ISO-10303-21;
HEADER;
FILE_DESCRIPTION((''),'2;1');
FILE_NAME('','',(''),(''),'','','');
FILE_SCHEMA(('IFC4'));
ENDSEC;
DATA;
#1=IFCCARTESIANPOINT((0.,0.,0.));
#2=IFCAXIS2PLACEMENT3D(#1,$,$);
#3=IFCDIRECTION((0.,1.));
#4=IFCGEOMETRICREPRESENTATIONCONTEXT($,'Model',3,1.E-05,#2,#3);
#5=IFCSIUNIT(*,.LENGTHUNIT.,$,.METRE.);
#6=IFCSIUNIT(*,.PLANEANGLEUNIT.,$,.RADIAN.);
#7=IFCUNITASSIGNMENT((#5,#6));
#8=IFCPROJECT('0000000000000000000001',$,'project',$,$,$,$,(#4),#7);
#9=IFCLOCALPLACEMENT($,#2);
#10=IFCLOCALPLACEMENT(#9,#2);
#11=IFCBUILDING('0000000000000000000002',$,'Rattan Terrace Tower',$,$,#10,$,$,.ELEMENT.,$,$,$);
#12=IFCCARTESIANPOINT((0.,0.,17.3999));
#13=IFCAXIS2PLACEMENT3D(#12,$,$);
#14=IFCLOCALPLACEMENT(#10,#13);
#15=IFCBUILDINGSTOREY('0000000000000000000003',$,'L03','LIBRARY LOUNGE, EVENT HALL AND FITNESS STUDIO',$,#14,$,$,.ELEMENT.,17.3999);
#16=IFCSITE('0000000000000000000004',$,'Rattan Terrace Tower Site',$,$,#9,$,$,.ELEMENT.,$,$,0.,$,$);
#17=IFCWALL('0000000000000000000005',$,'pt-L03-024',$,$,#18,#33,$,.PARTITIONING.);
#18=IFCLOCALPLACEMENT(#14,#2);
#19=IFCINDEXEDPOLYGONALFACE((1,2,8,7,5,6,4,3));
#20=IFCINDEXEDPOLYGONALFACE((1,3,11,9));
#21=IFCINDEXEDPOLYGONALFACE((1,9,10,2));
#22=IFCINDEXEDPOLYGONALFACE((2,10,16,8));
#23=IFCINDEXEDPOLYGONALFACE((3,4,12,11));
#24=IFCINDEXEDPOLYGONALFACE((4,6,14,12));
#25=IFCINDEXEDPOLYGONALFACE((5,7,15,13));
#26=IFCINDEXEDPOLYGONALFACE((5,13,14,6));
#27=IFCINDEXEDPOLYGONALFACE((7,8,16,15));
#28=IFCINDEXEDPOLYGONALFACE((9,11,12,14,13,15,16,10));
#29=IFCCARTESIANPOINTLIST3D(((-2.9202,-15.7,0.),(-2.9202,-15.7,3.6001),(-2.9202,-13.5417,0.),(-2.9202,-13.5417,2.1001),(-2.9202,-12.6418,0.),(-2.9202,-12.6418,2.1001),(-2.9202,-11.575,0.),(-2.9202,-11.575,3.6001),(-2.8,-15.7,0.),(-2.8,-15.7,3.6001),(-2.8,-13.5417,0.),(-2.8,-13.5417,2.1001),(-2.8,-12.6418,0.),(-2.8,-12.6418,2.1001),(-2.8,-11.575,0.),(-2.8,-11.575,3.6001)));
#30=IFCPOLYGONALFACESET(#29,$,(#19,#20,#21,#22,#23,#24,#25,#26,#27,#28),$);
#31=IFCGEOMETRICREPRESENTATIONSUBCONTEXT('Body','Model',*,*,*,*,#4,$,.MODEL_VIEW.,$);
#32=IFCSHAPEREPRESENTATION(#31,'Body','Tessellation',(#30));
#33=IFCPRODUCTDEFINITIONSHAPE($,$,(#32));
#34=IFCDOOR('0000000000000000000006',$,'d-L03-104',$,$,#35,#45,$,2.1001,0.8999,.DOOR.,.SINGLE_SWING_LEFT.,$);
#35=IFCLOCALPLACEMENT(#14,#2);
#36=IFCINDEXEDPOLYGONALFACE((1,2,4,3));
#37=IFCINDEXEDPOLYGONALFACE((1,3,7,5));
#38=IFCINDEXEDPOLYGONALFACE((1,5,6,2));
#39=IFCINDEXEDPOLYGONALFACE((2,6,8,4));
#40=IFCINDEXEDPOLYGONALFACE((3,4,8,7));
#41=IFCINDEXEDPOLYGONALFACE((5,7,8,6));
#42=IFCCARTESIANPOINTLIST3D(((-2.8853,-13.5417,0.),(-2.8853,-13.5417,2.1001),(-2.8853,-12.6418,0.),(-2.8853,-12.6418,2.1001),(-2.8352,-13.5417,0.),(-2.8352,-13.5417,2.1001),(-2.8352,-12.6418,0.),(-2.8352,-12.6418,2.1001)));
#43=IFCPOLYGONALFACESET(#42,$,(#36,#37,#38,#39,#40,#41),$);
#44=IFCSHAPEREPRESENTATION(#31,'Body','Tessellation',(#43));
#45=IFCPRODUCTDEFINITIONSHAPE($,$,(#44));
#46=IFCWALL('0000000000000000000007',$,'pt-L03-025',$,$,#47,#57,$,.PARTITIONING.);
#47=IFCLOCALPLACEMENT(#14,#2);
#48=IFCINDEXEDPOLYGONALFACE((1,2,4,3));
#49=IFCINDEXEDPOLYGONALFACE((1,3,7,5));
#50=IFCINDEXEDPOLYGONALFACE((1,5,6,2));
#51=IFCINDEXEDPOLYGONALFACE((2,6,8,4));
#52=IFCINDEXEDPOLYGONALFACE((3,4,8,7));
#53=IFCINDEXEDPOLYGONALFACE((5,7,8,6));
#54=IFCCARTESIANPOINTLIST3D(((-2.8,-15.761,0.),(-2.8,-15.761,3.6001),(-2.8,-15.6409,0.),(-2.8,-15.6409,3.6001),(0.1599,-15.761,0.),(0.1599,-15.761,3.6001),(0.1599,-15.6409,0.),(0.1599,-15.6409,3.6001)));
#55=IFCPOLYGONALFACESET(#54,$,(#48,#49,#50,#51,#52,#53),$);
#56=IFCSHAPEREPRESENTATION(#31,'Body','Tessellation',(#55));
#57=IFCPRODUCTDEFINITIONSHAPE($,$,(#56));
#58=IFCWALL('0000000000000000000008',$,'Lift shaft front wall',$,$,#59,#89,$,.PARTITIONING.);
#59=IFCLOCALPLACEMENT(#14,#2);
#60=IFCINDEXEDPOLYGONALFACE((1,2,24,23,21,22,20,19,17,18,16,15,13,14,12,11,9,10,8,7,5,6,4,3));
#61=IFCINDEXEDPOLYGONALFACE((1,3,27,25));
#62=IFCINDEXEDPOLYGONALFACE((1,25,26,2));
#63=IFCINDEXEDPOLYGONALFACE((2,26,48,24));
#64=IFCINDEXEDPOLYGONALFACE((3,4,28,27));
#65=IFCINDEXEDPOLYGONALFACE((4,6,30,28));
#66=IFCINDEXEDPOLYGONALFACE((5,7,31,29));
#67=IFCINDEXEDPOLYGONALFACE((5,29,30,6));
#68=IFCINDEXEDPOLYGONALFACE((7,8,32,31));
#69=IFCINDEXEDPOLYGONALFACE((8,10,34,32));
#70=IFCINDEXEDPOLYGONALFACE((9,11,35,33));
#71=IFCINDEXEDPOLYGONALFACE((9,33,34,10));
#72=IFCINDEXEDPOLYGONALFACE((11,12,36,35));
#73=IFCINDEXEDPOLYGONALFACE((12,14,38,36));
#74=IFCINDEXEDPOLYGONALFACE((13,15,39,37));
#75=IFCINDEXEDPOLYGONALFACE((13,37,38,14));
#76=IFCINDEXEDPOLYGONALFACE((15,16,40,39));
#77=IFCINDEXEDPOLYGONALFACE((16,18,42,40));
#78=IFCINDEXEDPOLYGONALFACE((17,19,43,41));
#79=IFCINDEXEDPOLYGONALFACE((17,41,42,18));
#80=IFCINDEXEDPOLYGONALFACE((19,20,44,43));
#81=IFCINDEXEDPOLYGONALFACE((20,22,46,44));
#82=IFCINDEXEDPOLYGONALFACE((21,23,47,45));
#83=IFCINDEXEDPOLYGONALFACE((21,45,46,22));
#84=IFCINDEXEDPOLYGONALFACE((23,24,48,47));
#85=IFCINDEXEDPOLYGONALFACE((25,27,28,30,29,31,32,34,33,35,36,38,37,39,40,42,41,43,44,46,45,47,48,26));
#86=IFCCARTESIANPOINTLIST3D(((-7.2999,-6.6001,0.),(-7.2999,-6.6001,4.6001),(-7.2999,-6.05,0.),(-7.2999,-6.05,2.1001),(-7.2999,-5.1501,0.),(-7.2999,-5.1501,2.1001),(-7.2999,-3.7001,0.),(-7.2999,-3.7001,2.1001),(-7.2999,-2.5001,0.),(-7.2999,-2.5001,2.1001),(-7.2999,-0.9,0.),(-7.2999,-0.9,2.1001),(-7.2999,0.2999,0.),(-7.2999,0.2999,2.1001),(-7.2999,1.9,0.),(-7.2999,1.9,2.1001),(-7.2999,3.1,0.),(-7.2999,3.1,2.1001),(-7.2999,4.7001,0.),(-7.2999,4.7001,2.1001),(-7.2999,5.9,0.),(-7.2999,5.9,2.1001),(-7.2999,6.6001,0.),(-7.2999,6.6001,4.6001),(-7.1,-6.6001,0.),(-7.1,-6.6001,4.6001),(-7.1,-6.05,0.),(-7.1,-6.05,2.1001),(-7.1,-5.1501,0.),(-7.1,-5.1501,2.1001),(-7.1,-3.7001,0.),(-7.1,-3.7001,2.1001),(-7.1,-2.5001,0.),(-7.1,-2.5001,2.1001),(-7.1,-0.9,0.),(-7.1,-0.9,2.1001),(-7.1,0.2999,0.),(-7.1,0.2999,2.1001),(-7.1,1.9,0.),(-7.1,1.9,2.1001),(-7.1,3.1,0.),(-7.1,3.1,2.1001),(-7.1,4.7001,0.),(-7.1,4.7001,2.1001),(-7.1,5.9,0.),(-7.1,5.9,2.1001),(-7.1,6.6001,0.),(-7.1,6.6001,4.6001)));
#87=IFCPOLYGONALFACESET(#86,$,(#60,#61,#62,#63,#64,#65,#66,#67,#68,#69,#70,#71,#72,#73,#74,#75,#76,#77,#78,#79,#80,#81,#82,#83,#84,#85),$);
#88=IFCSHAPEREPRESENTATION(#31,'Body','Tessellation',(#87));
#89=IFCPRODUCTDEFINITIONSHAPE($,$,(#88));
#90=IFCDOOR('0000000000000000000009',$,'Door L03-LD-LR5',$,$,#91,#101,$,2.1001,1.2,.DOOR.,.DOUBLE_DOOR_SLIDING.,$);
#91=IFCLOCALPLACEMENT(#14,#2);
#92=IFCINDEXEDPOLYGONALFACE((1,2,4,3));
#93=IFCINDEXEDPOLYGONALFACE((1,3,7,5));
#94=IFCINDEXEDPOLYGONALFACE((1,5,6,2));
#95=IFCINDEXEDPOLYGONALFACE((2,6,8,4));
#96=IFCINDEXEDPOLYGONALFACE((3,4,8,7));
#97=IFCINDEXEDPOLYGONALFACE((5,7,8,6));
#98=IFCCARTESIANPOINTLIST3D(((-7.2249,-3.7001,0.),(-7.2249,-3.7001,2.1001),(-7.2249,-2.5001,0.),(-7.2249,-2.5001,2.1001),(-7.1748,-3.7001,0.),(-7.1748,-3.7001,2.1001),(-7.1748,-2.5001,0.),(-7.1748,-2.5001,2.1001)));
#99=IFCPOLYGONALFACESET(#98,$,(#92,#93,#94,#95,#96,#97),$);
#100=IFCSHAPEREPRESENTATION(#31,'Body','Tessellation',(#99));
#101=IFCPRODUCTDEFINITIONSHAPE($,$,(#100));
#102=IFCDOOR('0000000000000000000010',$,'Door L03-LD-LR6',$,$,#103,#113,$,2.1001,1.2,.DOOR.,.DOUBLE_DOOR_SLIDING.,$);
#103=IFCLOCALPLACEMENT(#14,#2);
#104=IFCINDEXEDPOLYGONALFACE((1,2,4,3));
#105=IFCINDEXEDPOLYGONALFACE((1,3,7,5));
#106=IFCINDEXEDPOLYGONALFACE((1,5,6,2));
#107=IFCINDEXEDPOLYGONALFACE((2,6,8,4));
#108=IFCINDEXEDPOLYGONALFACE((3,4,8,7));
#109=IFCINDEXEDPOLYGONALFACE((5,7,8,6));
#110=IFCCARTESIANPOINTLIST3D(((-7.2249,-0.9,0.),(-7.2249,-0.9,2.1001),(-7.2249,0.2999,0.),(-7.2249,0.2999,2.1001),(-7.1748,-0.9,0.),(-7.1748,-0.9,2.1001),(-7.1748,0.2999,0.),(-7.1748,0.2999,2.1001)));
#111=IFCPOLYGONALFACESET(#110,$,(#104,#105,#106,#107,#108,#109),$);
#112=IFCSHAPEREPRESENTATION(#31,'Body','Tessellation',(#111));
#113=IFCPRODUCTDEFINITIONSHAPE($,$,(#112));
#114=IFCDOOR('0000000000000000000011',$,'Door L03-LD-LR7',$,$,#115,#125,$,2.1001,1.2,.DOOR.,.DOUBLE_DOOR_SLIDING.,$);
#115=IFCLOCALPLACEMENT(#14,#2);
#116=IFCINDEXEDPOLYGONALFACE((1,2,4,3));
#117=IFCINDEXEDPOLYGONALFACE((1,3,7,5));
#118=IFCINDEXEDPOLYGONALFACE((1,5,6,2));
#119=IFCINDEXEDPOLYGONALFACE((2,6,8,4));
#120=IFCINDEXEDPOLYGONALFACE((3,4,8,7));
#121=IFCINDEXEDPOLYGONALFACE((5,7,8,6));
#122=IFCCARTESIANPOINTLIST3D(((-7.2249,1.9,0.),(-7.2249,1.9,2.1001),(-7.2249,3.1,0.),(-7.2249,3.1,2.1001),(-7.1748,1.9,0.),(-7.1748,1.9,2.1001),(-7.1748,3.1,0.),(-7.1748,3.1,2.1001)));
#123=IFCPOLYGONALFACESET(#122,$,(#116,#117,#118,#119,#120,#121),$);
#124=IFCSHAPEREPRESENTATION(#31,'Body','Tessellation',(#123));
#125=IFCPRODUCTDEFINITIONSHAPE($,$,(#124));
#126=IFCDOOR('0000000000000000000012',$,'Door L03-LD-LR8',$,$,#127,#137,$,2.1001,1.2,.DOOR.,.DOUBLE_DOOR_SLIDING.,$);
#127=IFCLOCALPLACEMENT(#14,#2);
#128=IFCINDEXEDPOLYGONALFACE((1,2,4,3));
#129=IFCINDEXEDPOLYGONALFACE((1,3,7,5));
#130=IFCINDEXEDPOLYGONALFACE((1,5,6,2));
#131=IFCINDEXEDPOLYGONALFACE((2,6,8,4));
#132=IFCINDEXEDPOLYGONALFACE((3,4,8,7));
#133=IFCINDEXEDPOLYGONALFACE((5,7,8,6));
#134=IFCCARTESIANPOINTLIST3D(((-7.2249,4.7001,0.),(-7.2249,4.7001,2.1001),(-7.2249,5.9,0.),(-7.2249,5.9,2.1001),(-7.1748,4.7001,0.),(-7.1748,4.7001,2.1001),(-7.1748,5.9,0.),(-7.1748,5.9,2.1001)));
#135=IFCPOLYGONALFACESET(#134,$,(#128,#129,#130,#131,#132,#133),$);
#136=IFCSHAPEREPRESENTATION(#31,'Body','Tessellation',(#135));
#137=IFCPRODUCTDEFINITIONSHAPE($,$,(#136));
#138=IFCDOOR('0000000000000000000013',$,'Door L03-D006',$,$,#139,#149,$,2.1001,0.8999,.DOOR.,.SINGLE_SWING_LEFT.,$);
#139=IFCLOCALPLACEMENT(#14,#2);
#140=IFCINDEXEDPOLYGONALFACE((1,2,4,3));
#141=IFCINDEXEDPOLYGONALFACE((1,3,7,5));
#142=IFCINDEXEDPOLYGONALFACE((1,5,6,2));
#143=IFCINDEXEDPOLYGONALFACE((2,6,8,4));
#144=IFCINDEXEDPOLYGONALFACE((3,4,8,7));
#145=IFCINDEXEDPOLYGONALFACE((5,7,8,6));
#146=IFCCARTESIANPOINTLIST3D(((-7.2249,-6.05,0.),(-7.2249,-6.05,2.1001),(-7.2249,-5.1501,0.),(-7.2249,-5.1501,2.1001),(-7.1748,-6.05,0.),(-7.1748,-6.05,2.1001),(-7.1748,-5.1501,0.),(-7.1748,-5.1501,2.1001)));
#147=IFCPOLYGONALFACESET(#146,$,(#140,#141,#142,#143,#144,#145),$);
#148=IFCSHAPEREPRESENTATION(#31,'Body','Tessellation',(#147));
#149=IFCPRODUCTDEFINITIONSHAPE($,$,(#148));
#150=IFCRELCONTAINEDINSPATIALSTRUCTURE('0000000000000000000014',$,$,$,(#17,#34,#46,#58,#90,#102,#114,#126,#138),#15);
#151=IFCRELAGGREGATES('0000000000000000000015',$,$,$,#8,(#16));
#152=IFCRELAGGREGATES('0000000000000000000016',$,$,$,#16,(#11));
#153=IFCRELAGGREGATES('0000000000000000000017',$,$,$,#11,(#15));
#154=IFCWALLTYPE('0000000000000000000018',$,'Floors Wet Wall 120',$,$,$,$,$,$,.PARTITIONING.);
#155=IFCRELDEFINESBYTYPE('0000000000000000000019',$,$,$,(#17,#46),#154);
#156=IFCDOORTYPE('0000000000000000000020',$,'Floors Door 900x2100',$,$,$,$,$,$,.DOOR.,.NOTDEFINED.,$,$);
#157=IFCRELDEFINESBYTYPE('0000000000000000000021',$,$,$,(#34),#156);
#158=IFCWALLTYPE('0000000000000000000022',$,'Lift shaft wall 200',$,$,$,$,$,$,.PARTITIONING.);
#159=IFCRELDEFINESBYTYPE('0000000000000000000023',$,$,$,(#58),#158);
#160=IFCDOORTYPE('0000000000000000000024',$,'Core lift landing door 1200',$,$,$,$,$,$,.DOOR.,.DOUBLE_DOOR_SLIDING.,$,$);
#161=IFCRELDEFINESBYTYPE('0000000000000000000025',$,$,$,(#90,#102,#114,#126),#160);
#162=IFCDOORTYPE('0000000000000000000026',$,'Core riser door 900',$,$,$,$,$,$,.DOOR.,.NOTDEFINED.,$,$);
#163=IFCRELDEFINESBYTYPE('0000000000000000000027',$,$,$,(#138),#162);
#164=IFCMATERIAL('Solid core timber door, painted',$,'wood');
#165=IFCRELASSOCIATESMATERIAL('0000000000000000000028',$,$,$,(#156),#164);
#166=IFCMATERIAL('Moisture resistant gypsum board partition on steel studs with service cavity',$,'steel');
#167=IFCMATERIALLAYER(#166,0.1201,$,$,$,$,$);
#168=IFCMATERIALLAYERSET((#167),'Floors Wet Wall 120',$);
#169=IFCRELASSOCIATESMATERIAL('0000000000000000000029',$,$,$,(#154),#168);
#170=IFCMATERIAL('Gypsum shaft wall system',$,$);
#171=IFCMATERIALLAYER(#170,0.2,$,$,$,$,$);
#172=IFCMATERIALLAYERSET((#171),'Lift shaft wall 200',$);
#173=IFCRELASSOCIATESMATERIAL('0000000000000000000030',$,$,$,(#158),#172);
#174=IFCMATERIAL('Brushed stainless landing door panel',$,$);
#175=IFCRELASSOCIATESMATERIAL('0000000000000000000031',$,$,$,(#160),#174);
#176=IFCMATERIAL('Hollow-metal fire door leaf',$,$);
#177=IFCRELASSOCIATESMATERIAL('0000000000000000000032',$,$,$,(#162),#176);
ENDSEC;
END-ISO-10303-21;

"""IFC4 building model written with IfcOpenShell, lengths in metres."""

from ifc_helpers import new_model, si_unit, direction, frame, frame_2d, origin, place, context, subcontext, project, spatial, rectangle, extrude, material, layer, layer_set, type_object, element, fill, save


model = new_model("IFC4")

# Units and contexts
model_context = context("Model", 3, precision=1e-05, world=origin(), true_north=direction((0.0, 1.0)))
body_context = subcontext(model_context, "Body", "Model", "MODEL_VIEW")
ifc_project = project(units=[si_unit("LENGTHUNIT", "METRE"), si_unit("PLANEANGLEUNIT", "RADIAN")], contexts=[model_context])

# Site, building, storey
site_placement = place(None, origin())
site = spatial("IfcSite", under=ifc_project, at=site_placement, Name="Rattan Terrace Tower Site", CompositionType="ELEMENT", RefElevation=0.0)
building_placement = place(site_placement, origin())
building = spatial("IfcBuilding", under=site, at=building_placement, Name="Rattan Terrace Tower", CompositionType="ELEMENT")
storey_placement = place(building_placement, frame((0.0, 0.0, 17.3999)))
storey = spatial("IfcBuildingStorey", under=building, at=storey_placement, Name="L03", Description="LIBRARY LOUNGE, EVENT HALL AND FITNESS STUDIO", CompositionType="ELEMENT", Elevation=17.3999)

# Shared definitions
ifc_material_1 = material(Name="Solid core timber door, painted", Category="wood")
door_type_1 = type_object("IfcDoorType", Name="Floors Door 900x2100", OperationType="NOTDEFINED", PredefinedType="DOOR", material=ifc_material_1)

# Wall, opening, door
ifc_material_2 = material(Name="Moisture resistant gypsum board partition on steel studs with service cavity", Category="steel")
ifc_layer_1 = layer(ifc_material_2, 0.1201)
ifc_layer_set_1 = layer_set([ifc_layer_1], Name="Floors Wet Wall 120")
wall_type_1 = type_object("IfcWallType", Name="Floors Wet Wall 120", PredefinedType="PARTITIONING", material=ifc_layer_set_1)
wall_1_placement = place(storey_placement, frame((-2.8601, -11.575, 0.0), z_axis=(0.0, 0.0, 1.0), x_axis=(0.0, -1.0, 0.0)))
wall_1 = element("IfcWall", 1, at=wall_1_placement, inside=storey, type_object=wall_type_1, Name="pt-L03-024", PredefinedType="PARTITIONING", context=body_context, shape_type="SweptSolid", body=[
    extrude(rectangle(XDim=4.125, YDim=0.1201, at=frame_2d((2.0625, 0.0))), origin(), (0.0, 0.0, 1.0), 3.6001),
])
opening_1_placement = place(wall_1_placement, frame((1.0669, 0.0, 0.0)))
opening_1 = element("IfcOpeningElement", 2, at=opening_1_placement, cuts=wall_1, PredefinedType="OPENING", context=body_context, shape_type="SweptSolid", body=[
    extrude(rectangle(XDim=0.8999, YDim=2.1001, at=frame_2d((0.45, 1.05))), frame((0.0, 0.0706, 0.0), z_axis=(0.0, -1.0, 0.0), x_axis=(1.0, 0.0, 0.0)), (0.0, 0.0, 1.0), 0.1411),
])
door_1_placement = place(opening_1_placement, origin())
door_1 = element("IfcDoor", 3, at=door_1_placement, inside=storey, type_object=door_type_1, Name="d-L03-104", OperationType="SINGLE_SWING_LEFT", OverallHeight=2.1001, OverallWidth=0.8999, PredefinedType="DOOR", context=body_context, shape_type="SweptSolid", body=[
    extrude(rectangle(XDim=0.8999, YDim=2.1001, at=frame_2d((0.45, 1.05))), frame((0.0, 0.0249, 0.0), z_axis=(0.0, -1.0, 0.0), x_axis=(1.0, 0.0, 0.0)), (0.0, 0.0, 1.0), 0.05),
])
fill(opening_1, door_1)

# Wall
wall_2_placement = place(storey_placement, frame((-2.8, -15.7009, 0.0), z_axis=(0.0, 0.0, 1.0), x_axis=(1.0, 0.0, 0.0)))
element("IfcWall", 4, at=wall_2_placement, inside=storey, type_object=wall_type_1, Name="pt-L03-025", PredefinedType="PARTITIONING", context=body_context, shape_type="SweptSolid", body=[
    extrude(rectangle(XDim=2.96, YDim=0.1201, at=frame_2d((1.48, 0.0))), origin(), (0.0, 0.0, 1.0), 3.6001),
])

# Wall, openings, doors
ifc_material_3 = material(Name="Gypsum shaft wall system")
ifc_layer_2 = layer(ifc_material_3, 0.2)
ifc_layer_set_2 = layer_set([ifc_layer_2], Name="Lift shaft wall 200")
wall_type_2 = type_object("IfcWallType", Name="Lift shaft wall 200", PredefinedType="PARTITIONING", material=ifc_layer_set_2)
wall_3_placement = place(storey_placement, frame((-7.2, -6.6001, 0.0), z_axis=(0.0, 0.0, 1.0), x_axis=(0.0, 1.0, 0.0)))
wall_3 = element("IfcWall", 5, at=wall_3_placement, inside=storey, type_object=wall_type_2, Name="Lift shaft front wall", PredefinedType="PARTITIONING", context=body_context, shape_type="SweptSolid", body=[
    extrude(rectangle(XDim=13.2002, YDim=0.2, at=frame_2d((6.6001, 0.0))), origin(), (0.0, 0.0, 1.0), 4.6001),
])
opening_2_placement = place(wall_3_placement, frame((0.55, 0.0, 0.0)))
opening_2 = element("IfcOpeningElement", 6, at=opening_2_placement, cuts=wall_3, PredefinedType="OPENING", context=body_context, shape_type="SweptSolid", body=[
    extrude(rectangle(XDim=0.8999, YDim=2.1001, at=frame_2d((0.45, 1.05))), frame((0.0, 0.1106, 0.0), z_axis=(0.0, -1.0, 0.0), x_axis=(1.0, 0.0, 0.0)), (0.0, 0.0, 1.0), 0.2209),
])
opening_3_placement = place(wall_3_placement, frame((2.8999, 0.0, 0.0)))
opening_3 = element("IfcOpeningElement", 7, at=opening_3_placement, cuts=wall_3, PredefinedType="OPENING", context=body_context, shape_type="SweptSolid", body=[
    extrude(rectangle(XDim=1.2, YDim=2.1001, at=frame_2d((0.6001, 1.05))), frame((0.0, 0.1106, 0.0), z_axis=(0.0, -1.0, 0.0), x_axis=(1.0, 0.0, 0.0)), (0.0, 0.0, 1.0), 0.2209),
])
opening_4_placement = place(wall_3_placement, frame((5.7, 0.0, 0.0)))
opening_4 = element("IfcOpeningElement", 8, at=opening_4_placement, cuts=wall_3, PredefinedType="OPENING", context=body_context, shape_type="SweptSolid", body=[
    extrude(rectangle(XDim=1.2, YDim=2.1001, at=frame_2d((0.6001, 1.05))), frame((0.0, 0.1106, 0.0), z_axis=(0.0, -1.0, 0.0), x_axis=(1.0, 0.0, 0.0)), (0.0, 0.0, 1.0), 0.2209),
])
opening_5_placement = place(wall_3_placement, frame((8.5, 0.0, 0.0)))
opening_5 = element("IfcOpeningElement", 9, at=opening_5_placement, cuts=wall_3, PredefinedType="OPENING", context=body_context, shape_type="SweptSolid", body=[
    extrude(rectangle(XDim=1.2, YDim=2.1001, at=frame_2d((0.6001, 1.05))), frame((0.0, 0.1106, 0.0), z_axis=(0.0, -1.0, 0.0), x_axis=(1.0, 0.0, 0.0)), (0.0, 0.0, 1.0), 0.2209),
])
opening_6_placement = place(wall_3_placement, frame((11.3, 0.0, 0.0)))
opening_6 = element("IfcOpeningElement", 10, at=opening_6_placement, cuts=wall_3, PredefinedType="OPENING", context=body_context, shape_type="SweptSolid", body=[
    extrude(rectangle(XDim=1.2, YDim=2.1001, at=frame_2d((0.6001, 1.05))), frame((0.0, 0.1106, 0.0), z_axis=(0.0, -1.0, 0.0), x_axis=(1.0, 0.0, 0.0)), (0.0, 0.0, 1.0), 0.2209),
])
ifc_material_4 = material(Name="Brushed stainless landing door panel")
door_type_2 = type_object("IfcDoorType", Name="Core lift landing door 1200", OperationType="DOUBLE_DOOR_SLIDING", PredefinedType="DOOR", material=ifc_material_4)
door_2_placement = place(opening_3_placement, origin())
door_2 = element("IfcDoor", 11, at=door_2_placement, inside=storey, type_object=door_type_2, Name="Door L03-LD-LR5", OperationType="DOUBLE_DOOR_SLIDING", OverallHeight=2.1001, OverallWidth=1.2, PredefinedType="DOOR", context=body_context, shape_type="SweptSolid", body=[
    extrude(rectangle(XDim=1.2, YDim=2.1001, at=frame_2d((0.6001, 1.05))), frame((0.0, 0.0249, 0.0), z_axis=(0.0, -1.0, 0.0), x_axis=(1.0, 0.0, 0.0)), (0.0, 0.0, 1.0), 0.05),
])
fill(opening_3, door_2)
door_3_placement = place(opening_4_placement, origin())
door_3 = element("IfcDoor", 12, at=door_3_placement, inside=storey, type_object=door_type_2, Name="Door L03-LD-LR6", OperationType="DOUBLE_DOOR_SLIDING", OverallHeight=2.1001, OverallWidth=1.2, PredefinedType="DOOR", context=body_context, shape_type="SweptSolid", body=[
    extrude(rectangle(XDim=1.2, YDim=2.1001, at=frame_2d((0.6001, 1.05))), frame((0.0, 0.0249, 0.0), z_axis=(0.0, -1.0, 0.0), x_axis=(1.0, 0.0, 0.0)), (0.0, 0.0, 1.0), 0.05),
])
fill(opening_4, door_3)
door_4_placement = place(opening_5_placement, origin())
door_4 = element("IfcDoor", 13, at=door_4_placement, inside=storey, type_object=door_type_2, Name="Door L03-LD-LR7", OperationType="DOUBLE_DOOR_SLIDING", OverallHeight=2.1001, OverallWidth=1.2, PredefinedType="DOOR", context=body_context, shape_type="SweptSolid", body=[
    extrude(rectangle(XDim=1.2, YDim=2.1001, at=frame_2d((0.6001, 1.05))), frame((0.0, 0.0249, 0.0), z_axis=(0.0, -1.0, 0.0), x_axis=(1.0, 0.0, 0.0)), (0.0, 0.0, 1.0), 0.05),
])
fill(opening_5, door_4)
door_5_placement = place(opening_6_placement, origin())
door_5 = element("IfcDoor", 14, at=door_5_placement, inside=storey, type_object=door_type_2, Name="Door L03-LD-LR8", OperationType="DOUBLE_DOOR_SLIDING", OverallHeight=2.1001, OverallWidth=1.2, PredefinedType="DOOR", context=body_context, shape_type="SweptSolid", body=[
    extrude(rectangle(XDim=1.2, YDim=2.1001, at=frame_2d((0.6001, 1.05))), frame((0.0, 0.0249, 0.0), z_axis=(0.0, -1.0, 0.0), x_axis=(1.0, 0.0, 0.0)), (0.0, 0.0, 1.0), 0.05),
])
fill(opening_6, door_5)
ifc_material_5 = material(Name="Hollow-metal fire door leaf")
door_type_3 = type_object("IfcDoorType", Name="Core riser door 900", OperationType="NOTDEFINED", PredefinedType="DOOR", material=ifc_material_5)
door_6_placement = place(opening_2_placement, origin())
door_6 = element("IfcDoor", 15, at=door_6_placement, inside=storey, type_object=door_type_3, Name="Door L03-D006", OperationType="SINGLE_SWING_LEFT", OverallHeight=2.1001, OverallWidth=0.8999, PredefinedType="DOOR", context=body_context, shape_type="SweptSolid", body=[
    extrude(rectangle(XDim=0.8999, YDim=2.1001, at=frame_2d((0.45, 1.05))), frame((0.0, 0.0249, 0.0), z_axis=(0.0, -1.0, 0.0), x_axis=(1.0, 0.0, 0.0)), (0.0, 0.0, 1.0), 0.05),
])
fill(opening_2, door_6)

save(model, "model.ifc")
